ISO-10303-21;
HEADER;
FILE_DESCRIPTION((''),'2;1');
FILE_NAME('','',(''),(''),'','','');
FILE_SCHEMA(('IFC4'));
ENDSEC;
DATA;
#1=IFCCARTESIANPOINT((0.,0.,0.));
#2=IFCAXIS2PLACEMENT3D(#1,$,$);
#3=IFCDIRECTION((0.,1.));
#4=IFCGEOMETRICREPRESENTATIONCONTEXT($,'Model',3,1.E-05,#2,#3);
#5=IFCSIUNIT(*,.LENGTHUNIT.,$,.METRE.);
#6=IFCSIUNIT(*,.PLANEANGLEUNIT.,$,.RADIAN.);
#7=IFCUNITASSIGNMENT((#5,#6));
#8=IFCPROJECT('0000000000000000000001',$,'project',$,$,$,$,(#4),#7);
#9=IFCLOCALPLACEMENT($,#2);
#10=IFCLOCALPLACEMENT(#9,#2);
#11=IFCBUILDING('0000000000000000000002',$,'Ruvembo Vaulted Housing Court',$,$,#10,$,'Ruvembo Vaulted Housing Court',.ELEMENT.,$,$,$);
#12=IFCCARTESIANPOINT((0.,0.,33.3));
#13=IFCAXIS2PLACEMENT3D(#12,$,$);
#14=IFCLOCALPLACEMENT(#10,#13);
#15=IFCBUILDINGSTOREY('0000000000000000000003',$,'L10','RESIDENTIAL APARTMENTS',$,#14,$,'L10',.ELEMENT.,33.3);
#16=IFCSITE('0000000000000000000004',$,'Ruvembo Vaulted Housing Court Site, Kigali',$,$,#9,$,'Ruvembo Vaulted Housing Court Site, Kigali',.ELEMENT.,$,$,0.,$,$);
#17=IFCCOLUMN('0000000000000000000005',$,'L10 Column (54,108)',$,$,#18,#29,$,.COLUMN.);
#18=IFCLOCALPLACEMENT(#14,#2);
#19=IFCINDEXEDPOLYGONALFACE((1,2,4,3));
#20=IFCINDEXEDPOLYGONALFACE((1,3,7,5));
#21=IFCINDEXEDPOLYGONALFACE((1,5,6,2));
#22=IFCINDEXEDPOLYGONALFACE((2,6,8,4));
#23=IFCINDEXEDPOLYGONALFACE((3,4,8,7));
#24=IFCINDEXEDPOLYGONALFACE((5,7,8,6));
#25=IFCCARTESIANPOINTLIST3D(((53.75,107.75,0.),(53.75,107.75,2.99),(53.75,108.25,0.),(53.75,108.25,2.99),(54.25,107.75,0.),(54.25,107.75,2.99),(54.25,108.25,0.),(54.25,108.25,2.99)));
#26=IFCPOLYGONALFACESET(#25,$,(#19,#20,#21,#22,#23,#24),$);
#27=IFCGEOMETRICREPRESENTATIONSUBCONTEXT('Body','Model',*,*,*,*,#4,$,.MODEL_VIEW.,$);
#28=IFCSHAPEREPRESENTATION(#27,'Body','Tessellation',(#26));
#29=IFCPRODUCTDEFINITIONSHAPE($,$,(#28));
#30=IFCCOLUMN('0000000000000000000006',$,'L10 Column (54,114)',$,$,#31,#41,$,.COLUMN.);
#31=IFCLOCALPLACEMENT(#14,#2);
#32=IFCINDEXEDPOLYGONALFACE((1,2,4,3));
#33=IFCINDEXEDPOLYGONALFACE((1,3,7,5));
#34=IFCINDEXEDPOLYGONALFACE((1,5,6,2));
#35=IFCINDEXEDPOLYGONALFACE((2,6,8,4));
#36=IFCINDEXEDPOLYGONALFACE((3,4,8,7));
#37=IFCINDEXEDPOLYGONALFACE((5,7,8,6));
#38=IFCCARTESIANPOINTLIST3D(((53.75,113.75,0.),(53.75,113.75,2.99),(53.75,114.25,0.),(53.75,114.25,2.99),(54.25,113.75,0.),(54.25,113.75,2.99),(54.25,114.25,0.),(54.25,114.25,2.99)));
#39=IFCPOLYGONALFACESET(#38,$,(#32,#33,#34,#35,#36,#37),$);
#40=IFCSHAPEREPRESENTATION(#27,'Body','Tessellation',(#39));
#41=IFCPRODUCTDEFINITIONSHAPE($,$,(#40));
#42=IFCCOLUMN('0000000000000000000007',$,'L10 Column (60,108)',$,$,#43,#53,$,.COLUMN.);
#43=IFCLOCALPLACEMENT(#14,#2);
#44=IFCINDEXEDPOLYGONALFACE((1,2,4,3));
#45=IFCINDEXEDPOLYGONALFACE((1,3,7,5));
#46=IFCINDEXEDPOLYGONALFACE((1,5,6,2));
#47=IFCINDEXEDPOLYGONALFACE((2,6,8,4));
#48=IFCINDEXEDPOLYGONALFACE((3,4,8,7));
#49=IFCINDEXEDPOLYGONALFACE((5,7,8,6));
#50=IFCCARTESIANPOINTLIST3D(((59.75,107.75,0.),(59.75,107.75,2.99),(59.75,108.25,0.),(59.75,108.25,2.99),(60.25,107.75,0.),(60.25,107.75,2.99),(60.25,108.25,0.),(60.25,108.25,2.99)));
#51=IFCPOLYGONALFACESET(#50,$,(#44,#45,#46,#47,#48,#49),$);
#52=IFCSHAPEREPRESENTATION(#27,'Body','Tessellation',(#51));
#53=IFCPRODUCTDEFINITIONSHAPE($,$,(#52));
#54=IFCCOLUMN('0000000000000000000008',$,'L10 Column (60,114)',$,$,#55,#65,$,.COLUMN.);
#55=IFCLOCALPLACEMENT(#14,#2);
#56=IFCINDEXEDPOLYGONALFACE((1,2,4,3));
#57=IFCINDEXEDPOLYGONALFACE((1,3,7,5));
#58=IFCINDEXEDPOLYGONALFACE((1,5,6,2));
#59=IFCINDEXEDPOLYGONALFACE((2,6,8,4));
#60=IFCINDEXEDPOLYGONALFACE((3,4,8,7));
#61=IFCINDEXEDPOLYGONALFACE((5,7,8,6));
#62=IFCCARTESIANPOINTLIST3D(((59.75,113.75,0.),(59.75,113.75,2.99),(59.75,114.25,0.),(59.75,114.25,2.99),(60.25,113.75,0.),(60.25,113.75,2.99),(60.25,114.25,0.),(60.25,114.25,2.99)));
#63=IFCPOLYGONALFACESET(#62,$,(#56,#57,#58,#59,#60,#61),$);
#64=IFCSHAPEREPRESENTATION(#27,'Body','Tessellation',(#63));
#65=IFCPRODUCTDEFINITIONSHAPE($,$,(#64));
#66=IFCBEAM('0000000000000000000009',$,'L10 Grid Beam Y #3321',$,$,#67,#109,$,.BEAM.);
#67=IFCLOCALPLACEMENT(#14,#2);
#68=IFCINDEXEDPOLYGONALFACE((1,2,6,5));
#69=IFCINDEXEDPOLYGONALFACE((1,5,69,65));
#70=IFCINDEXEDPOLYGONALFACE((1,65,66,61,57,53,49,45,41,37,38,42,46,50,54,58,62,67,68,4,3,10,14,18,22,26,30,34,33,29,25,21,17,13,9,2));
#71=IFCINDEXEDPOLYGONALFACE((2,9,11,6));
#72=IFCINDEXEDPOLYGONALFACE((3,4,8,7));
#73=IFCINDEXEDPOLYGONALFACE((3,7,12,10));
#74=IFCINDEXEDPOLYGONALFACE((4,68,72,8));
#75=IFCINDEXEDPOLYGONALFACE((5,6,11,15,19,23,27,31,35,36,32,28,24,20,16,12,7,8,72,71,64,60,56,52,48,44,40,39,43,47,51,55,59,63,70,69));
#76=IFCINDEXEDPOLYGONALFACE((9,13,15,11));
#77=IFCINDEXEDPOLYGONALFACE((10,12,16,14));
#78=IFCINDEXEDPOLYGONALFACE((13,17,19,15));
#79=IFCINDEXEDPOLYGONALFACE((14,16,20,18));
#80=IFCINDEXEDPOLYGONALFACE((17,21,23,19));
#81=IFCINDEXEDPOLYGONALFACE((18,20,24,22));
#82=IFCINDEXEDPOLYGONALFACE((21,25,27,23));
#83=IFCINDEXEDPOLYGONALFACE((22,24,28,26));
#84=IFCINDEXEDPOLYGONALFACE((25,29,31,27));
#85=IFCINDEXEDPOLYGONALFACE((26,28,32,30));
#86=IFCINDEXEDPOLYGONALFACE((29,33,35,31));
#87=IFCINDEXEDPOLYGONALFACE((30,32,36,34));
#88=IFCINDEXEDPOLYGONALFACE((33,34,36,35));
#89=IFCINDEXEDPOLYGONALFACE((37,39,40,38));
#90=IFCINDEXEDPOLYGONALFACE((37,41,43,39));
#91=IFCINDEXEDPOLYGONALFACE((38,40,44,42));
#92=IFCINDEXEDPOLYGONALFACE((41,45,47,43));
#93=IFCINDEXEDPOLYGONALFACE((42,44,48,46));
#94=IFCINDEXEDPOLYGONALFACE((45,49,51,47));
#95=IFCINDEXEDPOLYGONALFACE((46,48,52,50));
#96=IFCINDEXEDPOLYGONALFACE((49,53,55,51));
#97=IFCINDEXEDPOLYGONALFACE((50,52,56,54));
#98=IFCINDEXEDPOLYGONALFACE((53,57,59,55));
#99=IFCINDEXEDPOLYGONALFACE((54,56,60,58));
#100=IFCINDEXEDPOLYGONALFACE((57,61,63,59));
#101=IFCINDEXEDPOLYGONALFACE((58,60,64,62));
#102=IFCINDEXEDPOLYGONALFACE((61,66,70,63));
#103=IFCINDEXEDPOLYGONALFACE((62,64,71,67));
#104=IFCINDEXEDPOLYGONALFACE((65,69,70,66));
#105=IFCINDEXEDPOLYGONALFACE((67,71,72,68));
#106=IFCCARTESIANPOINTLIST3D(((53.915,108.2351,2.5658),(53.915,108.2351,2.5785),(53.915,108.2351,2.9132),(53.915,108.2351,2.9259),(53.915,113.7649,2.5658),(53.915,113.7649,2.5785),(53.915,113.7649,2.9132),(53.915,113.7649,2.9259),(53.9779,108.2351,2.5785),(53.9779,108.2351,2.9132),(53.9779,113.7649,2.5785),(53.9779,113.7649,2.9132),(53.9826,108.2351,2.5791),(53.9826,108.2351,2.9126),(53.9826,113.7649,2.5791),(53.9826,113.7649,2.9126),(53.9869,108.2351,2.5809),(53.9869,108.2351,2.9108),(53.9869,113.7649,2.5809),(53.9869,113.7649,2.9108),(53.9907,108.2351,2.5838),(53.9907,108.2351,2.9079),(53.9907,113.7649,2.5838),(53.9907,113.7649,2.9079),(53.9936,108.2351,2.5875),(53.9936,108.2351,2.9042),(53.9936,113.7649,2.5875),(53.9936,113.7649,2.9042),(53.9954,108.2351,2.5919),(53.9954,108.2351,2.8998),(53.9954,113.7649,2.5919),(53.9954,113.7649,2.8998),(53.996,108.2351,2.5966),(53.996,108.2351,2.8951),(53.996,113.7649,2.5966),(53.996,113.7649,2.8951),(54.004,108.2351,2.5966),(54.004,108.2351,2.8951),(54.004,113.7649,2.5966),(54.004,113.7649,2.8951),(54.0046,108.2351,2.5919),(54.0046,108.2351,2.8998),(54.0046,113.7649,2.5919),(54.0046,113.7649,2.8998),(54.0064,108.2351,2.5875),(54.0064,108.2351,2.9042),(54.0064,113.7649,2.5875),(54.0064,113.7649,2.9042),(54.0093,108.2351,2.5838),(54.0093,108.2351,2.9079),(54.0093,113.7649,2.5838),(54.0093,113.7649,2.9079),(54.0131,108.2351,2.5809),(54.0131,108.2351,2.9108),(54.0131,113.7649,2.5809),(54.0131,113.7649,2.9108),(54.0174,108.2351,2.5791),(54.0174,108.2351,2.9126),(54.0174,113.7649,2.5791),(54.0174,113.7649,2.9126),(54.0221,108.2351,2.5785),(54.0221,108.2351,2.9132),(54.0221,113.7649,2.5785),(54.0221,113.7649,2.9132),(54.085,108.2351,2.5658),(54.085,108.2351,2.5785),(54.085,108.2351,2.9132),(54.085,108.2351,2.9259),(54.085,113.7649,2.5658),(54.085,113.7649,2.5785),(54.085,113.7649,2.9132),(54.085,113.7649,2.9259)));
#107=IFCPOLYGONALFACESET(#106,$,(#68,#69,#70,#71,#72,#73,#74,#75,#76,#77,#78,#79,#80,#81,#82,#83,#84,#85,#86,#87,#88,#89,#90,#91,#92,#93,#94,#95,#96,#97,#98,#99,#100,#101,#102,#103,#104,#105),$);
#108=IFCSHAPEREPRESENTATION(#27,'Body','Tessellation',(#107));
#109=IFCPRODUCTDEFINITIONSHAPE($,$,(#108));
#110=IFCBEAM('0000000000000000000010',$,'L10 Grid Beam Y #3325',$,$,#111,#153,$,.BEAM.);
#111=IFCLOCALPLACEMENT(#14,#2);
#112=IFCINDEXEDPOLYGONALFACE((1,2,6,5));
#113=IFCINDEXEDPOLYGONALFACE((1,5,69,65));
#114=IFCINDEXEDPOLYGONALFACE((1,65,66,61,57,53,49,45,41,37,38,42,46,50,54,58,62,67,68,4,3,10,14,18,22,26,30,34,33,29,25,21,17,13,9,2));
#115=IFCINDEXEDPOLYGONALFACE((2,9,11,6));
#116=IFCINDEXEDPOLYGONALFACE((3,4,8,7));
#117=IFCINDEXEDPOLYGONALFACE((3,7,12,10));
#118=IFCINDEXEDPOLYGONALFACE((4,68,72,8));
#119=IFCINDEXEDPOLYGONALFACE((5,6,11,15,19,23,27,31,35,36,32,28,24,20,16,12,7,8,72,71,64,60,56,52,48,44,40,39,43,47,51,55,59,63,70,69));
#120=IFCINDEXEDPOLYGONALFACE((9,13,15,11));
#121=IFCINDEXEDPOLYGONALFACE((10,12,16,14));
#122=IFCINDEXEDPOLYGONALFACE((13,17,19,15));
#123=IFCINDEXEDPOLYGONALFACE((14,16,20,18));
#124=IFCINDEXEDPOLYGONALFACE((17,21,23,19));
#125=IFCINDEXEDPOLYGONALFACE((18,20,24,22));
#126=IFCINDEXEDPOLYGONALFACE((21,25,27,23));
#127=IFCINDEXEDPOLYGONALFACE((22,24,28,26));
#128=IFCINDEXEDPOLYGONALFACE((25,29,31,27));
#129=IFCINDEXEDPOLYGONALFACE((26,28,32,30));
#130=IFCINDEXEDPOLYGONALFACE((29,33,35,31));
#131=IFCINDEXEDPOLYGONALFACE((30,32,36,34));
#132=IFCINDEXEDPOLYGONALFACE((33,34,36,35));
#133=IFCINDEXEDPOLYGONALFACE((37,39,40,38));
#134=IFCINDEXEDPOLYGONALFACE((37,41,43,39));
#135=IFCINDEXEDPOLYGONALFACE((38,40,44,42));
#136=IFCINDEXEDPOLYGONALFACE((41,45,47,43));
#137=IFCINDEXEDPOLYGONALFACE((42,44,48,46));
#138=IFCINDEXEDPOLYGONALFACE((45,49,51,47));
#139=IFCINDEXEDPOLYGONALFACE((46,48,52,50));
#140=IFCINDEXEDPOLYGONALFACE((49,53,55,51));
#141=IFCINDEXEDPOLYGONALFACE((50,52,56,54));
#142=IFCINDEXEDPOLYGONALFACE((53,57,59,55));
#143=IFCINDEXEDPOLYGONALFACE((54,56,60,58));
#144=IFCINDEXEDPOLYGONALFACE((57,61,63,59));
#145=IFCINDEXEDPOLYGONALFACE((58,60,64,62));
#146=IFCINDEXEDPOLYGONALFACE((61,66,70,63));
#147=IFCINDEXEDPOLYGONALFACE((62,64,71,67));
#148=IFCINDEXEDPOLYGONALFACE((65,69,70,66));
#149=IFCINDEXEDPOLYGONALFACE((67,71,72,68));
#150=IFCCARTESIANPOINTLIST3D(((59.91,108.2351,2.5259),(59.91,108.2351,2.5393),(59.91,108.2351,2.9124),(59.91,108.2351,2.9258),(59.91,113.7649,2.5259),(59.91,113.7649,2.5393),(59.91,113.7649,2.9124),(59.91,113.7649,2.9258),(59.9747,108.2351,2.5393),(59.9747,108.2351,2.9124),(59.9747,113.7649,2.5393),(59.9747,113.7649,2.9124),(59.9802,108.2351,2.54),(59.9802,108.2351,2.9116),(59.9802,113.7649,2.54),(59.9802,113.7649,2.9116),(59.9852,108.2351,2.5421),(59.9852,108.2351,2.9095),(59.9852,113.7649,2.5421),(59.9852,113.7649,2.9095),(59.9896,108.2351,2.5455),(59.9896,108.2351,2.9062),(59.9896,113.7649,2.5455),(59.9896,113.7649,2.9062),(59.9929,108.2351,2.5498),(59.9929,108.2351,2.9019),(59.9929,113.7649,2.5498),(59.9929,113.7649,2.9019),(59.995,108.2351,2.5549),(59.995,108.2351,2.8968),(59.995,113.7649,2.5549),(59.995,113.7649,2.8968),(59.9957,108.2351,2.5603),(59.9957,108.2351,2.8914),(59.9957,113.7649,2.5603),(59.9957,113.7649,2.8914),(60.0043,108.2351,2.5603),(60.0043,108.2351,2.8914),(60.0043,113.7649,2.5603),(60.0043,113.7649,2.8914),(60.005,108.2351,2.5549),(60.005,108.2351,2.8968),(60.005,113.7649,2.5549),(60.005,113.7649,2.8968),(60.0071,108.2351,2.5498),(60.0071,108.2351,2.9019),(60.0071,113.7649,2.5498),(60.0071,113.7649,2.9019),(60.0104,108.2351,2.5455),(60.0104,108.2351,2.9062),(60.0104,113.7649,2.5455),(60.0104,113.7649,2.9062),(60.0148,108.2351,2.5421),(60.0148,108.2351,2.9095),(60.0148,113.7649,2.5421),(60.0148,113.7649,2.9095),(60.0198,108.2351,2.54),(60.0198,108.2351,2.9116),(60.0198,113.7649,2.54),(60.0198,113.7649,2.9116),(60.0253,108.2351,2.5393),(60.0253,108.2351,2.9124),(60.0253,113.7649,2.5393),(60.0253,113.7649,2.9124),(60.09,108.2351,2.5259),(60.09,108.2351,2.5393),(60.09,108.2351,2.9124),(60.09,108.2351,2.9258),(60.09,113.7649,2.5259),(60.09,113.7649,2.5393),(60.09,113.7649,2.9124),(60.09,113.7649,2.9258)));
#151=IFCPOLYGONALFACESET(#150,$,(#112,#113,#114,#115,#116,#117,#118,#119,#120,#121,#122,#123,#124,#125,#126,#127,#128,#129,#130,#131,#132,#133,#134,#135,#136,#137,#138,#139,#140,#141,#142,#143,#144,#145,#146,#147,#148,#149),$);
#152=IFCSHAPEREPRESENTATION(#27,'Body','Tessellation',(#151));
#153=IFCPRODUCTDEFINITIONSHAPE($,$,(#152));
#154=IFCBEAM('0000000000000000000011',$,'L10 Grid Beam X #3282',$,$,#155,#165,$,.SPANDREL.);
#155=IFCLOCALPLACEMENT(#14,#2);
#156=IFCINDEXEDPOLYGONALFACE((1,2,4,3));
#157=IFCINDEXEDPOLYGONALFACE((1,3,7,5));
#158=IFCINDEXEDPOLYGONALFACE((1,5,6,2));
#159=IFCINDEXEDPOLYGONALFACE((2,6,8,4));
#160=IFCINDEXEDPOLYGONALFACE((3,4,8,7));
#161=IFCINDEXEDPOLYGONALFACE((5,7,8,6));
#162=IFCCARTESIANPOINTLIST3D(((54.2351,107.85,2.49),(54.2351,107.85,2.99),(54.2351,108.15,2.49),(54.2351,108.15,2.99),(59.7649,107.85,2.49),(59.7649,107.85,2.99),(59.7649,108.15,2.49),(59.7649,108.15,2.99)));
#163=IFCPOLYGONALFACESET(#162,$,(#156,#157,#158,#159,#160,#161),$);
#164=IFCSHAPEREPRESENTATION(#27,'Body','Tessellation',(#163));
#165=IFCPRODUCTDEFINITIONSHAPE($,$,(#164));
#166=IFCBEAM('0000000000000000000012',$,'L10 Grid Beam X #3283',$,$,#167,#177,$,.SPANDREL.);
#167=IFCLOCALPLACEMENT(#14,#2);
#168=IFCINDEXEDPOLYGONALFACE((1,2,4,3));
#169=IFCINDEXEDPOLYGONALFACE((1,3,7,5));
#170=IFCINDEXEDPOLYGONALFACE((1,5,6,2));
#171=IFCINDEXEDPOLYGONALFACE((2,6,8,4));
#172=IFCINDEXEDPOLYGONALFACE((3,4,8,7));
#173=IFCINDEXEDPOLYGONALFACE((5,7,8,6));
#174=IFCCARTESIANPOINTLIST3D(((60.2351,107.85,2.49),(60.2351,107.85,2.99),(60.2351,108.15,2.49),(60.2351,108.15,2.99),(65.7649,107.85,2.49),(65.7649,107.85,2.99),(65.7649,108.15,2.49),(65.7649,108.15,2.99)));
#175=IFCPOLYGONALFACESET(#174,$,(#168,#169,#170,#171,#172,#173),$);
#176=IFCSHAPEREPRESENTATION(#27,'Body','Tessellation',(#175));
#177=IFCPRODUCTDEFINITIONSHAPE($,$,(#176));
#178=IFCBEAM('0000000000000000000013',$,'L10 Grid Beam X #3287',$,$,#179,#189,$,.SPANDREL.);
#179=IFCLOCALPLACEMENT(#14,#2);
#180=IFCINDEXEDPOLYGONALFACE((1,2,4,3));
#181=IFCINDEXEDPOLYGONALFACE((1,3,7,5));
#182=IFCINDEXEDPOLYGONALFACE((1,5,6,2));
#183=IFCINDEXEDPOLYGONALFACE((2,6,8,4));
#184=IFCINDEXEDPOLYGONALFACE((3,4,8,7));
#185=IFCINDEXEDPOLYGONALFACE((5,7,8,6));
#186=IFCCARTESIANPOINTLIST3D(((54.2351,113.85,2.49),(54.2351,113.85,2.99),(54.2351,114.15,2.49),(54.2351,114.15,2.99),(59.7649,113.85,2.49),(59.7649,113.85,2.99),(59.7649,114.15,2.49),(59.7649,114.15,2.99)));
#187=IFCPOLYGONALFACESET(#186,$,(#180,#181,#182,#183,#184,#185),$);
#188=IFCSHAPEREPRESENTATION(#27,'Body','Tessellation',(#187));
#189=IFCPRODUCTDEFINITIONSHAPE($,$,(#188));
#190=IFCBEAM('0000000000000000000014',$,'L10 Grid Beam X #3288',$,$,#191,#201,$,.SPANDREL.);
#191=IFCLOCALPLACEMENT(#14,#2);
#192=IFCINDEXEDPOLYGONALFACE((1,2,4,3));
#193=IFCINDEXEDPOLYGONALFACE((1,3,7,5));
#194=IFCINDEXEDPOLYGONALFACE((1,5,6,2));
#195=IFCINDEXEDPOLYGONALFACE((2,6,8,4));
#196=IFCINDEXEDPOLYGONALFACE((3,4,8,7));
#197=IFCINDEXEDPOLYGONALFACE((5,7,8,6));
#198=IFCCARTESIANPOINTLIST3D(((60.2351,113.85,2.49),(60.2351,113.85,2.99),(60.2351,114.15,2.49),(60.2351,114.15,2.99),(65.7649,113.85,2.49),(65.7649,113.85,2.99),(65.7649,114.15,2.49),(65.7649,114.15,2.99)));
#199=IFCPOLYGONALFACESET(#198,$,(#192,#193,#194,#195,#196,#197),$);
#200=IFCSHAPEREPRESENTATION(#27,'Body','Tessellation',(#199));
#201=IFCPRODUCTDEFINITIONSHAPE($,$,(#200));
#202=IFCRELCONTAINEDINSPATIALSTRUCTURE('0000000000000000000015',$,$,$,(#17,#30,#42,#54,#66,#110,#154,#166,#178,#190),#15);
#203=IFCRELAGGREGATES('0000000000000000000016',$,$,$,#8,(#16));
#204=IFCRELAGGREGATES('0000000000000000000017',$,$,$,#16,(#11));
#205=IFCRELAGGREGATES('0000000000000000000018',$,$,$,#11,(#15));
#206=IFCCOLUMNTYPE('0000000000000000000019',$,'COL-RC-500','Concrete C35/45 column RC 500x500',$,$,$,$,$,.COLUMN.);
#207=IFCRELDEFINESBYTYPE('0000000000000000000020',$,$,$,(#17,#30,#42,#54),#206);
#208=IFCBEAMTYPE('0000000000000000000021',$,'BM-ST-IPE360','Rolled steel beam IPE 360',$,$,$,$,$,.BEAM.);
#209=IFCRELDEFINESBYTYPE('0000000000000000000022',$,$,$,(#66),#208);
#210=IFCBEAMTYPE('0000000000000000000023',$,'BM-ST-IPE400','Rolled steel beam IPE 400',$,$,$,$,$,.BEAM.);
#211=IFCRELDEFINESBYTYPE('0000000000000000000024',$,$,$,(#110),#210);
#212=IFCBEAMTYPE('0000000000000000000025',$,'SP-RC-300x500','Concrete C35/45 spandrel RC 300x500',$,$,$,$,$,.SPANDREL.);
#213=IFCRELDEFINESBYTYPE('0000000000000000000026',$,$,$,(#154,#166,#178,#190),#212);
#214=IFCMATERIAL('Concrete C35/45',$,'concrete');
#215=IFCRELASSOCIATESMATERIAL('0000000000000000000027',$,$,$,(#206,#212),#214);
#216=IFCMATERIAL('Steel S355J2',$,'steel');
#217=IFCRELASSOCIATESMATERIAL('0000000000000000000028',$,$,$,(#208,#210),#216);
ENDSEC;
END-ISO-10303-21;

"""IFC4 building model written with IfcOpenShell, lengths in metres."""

from ifc_helpers import new_model, si_unit, direction, frame, origin, origin_2d, place, context, subcontext, project, spatial, rectangle, i_section, extrude, material, material_profile, profile_set, type_object, element, save


model = new_model("IFC4")

# Units and contexts
model_context = context("Model", 3, precision=1e-05, world=origin(), true_north=direction((0.0, 1.0)))
body_context = subcontext(model_context, "Body", "Model", "MODEL_VIEW")
ifc_project = project(units=[si_unit("LENGTHUNIT", "METRE"), si_unit("PLANEANGLEUNIT", "RADIAN")], contexts=[model_context])

# Site, building, storey
site_placement = place(None, origin())
site = spatial("IfcSite", under=ifc_project, at=site_placement, Name="Ruvembo Vaulted Housing Court Site, Kigali", LongName="Ruvembo Vaulted Housing Court Site, Kigali", CompositionType="ELEMENT", RefElevation=0.0)
building_placement = place(site_placement, origin())
building = spatial("IfcBuilding", under=site, at=building_placement, Name="Ruvembo Vaulted Housing Court", LongName="Ruvembo Vaulted Housing Court", CompositionType="ELEMENT")
storey_placement = place(building_placement, frame((0.0, 0.0, 33.3)))
storey = spatial("IfcBuildingStorey", under=building, at=storey_placement, Name="L10", Description="RESIDENTIAL APARTMENTS", LongName="L10", CompositionType="ELEMENT", Elevation=33.3)

# Columns
ifc_material_1 = material(Name="Concrete C35/45", Category="concrete")
ifc_material_profile_1 = material_profile(ifc_material_1, rectangle(XDim=0.5, YDim=0.5, at=origin_2d()), Name="RC 500x500")
ifc_profile_set_1 = profile_set([ifc_material_profile_1], Name="Concrete C35/45")
column_type = type_object("IfcColumnType", Name="COL-RC-500", Description="Concrete C35/45 column RC 500x500", PredefinedType="COLUMN", material=ifc_profile_set_1)
for number, where, z_axis, x_axis, name in (
    (1, (54.0, 108.0, 0.0), (0.0, 0.0, 1.0), (1.0, 0.0, 0.0), "L10 Column (54,108)"),
    (2, (54.0, 114.0, 0.0), (0.0, 0.0, 1.0), (1.0, 0.0, 0.0), "L10 Column (54,114)"),
    (3, (60.0, 108.0, 0.0), (0.0, 0.0, 1.0), (1.0, 0.0, 0.0), "L10 Column (60,108)"),
    (4, (60.0, 114.0, 0.0), (0.0, 0.0, 1.0), (1.0, 0.0, 0.0), "L10 Column (60,114)"),
):
    element("IfcColumn", number, at=place(storey_placement, frame(where, z_axis=z_axis, x_axis=x_axis)), inside=storey, type_object=column_type, Name=name, PredefinedType="COLUMN", context=body_context, shape_type="SweptSolid", body=[
        extrude(rectangle(XDim=0.5, YDim=0.5, at=origin_2d()), origin(), (0.0, 0.0, 1.0), 2.99),
    ])

# Beams
ifc_material_2 = material(Name="Steel S355J2", Category="steel")
ifc_material_profile_2 = material_profile(ifc_material_2, i_section(OverallWidth=0.1699, OverallDepth=0.3601, WebThickness=0.0081, FlangeThickness=0.0127, FilletRadius=0.0181, at=origin_2d()), Name="IPE 360")
ifc_profile_set_2 = profile_set([ifc_material_profile_2], Name="Steel S355J2")
beam_type_1 = type_object("IfcBeamType", Name="BM-ST-IPE360", Description="Rolled steel beam IPE 360", PredefinedType="BEAM", material=ifc_profile_set_2)
beam_1_placement = place(storey_placement, frame((54.0, 108.2351, 2.7458), z_axis=(0.0, 1.0, 0.0), x_axis=(-1.0, 0.0, 0.0)))
element("IfcBeam", 5, at=beam_1_placement, inside=storey, type_object=beam_type_1, Name="L10 Grid Beam Y #3321", PredefinedType="BEAM", context=body_context, shape_type="SweptSolid", body=[
    extrude(i_section(OverallWidth=0.1699, OverallDepth=0.3601, WebThickness=0.0081, FlangeThickness=0.0127, FilletRadius=0.0181, at=origin_2d()), origin(), (0.0, 0.0, 1.0), 5.5298),
])
ifc_material_profile_3 = material_profile(ifc_material_2, i_section(OverallWidth=0.1799, OverallDepth=0.3999, WebThickness=0.0085, FlangeThickness=0.0134, FilletRadius=0.021, at=origin_2d()), Name="IPE 400")
ifc_profile_set_3 = profile_set([ifc_material_profile_3], Name="Steel S355J2")
beam_type_2 = type_object("IfcBeamType", Name="BM-ST-IPE400", Description="Rolled steel beam IPE 400", PredefinedType="BEAM", material=ifc_profile_set_3)
beam_2_placement = place(storey_placement, frame((60.0, 108.2351, 2.7258), z_axis=(0.0, 1.0, 0.0), x_axis=(-1.0, 0.0, 0.0)))
element("IfcBeam", 6, at=beam_2_placement, inside=storey, type_object=beam_type_2, Name="L10 Grid Beam Y #3325", PredefinedType="BEAM", context=body_context, shape_type="SweptSolid", body=[
    extrude(i_section(OverallWidth=0.1799, OverallDepth=0.3999, WebThickness=0.0085, FlangeThickness=0.0134, FilletRadius=0.021, at=origin_2d()), origin(), (0.0, 0.0, 1.0), 5.5298),
])
ifc_material_profile_4 = material_profile(ifc_material_1, rectangle(XDim=0.3, YDim=0.5, at=origin_2d()), Name="RC 300x500")
ifc_profile_set_4 = profile_set([ifc_material_profile_4], Name="Concrete C35/45")
beam_type_3 = type_object("IfcBeamType", Name="SP-RC-300x500", Description="Concrete C35/45 spandrel RC 300x500", PredefinedType="SPANDREL", material=ifc_profile_set_4)
for number, where, z_axis, x_axis, name in (
    (7, (54.2351, 108.0, 2.74), (1.0, 0.0, 0.0), (0.0, 1.0, 0.0), "L10 Grid Beam X #3282"),
    (8, (60.2351, 108.0, 2.74), (1.0, 0.0, 0.0), (0.0, 1.0, 0.0), "L10 Grid Beam X #3283"),
    (9, (54.2351, 114.0, 2.74), (1.0, 0.0, 0.0), (0.0, 1.0, 0.0), "L10 Grid Beam X #3287"),
    (10, (60.2351, 114.0, 2.74), (1.0, 0.0, 0.0), (0.0, 1.0, 0.0), "L10 Grid Beam X #3288"),
):
    element("IfcBeam", number, at=place(storey_placement, frame(where, z_axis=z_axis, x_axis=x_axis)), inside=storey, type_object=beam_type_3, Name=name, PredefinedType="SPANDREL", context=body_context, shape_type="SweptSolid", body=[
        extrude(rectangle(XDim=0.3, YDim=0.5, at=origin_2d()), origin(), (0.0, 0.0, 1.0), 5.5298),
    ])

save(model, "model.ifc")
